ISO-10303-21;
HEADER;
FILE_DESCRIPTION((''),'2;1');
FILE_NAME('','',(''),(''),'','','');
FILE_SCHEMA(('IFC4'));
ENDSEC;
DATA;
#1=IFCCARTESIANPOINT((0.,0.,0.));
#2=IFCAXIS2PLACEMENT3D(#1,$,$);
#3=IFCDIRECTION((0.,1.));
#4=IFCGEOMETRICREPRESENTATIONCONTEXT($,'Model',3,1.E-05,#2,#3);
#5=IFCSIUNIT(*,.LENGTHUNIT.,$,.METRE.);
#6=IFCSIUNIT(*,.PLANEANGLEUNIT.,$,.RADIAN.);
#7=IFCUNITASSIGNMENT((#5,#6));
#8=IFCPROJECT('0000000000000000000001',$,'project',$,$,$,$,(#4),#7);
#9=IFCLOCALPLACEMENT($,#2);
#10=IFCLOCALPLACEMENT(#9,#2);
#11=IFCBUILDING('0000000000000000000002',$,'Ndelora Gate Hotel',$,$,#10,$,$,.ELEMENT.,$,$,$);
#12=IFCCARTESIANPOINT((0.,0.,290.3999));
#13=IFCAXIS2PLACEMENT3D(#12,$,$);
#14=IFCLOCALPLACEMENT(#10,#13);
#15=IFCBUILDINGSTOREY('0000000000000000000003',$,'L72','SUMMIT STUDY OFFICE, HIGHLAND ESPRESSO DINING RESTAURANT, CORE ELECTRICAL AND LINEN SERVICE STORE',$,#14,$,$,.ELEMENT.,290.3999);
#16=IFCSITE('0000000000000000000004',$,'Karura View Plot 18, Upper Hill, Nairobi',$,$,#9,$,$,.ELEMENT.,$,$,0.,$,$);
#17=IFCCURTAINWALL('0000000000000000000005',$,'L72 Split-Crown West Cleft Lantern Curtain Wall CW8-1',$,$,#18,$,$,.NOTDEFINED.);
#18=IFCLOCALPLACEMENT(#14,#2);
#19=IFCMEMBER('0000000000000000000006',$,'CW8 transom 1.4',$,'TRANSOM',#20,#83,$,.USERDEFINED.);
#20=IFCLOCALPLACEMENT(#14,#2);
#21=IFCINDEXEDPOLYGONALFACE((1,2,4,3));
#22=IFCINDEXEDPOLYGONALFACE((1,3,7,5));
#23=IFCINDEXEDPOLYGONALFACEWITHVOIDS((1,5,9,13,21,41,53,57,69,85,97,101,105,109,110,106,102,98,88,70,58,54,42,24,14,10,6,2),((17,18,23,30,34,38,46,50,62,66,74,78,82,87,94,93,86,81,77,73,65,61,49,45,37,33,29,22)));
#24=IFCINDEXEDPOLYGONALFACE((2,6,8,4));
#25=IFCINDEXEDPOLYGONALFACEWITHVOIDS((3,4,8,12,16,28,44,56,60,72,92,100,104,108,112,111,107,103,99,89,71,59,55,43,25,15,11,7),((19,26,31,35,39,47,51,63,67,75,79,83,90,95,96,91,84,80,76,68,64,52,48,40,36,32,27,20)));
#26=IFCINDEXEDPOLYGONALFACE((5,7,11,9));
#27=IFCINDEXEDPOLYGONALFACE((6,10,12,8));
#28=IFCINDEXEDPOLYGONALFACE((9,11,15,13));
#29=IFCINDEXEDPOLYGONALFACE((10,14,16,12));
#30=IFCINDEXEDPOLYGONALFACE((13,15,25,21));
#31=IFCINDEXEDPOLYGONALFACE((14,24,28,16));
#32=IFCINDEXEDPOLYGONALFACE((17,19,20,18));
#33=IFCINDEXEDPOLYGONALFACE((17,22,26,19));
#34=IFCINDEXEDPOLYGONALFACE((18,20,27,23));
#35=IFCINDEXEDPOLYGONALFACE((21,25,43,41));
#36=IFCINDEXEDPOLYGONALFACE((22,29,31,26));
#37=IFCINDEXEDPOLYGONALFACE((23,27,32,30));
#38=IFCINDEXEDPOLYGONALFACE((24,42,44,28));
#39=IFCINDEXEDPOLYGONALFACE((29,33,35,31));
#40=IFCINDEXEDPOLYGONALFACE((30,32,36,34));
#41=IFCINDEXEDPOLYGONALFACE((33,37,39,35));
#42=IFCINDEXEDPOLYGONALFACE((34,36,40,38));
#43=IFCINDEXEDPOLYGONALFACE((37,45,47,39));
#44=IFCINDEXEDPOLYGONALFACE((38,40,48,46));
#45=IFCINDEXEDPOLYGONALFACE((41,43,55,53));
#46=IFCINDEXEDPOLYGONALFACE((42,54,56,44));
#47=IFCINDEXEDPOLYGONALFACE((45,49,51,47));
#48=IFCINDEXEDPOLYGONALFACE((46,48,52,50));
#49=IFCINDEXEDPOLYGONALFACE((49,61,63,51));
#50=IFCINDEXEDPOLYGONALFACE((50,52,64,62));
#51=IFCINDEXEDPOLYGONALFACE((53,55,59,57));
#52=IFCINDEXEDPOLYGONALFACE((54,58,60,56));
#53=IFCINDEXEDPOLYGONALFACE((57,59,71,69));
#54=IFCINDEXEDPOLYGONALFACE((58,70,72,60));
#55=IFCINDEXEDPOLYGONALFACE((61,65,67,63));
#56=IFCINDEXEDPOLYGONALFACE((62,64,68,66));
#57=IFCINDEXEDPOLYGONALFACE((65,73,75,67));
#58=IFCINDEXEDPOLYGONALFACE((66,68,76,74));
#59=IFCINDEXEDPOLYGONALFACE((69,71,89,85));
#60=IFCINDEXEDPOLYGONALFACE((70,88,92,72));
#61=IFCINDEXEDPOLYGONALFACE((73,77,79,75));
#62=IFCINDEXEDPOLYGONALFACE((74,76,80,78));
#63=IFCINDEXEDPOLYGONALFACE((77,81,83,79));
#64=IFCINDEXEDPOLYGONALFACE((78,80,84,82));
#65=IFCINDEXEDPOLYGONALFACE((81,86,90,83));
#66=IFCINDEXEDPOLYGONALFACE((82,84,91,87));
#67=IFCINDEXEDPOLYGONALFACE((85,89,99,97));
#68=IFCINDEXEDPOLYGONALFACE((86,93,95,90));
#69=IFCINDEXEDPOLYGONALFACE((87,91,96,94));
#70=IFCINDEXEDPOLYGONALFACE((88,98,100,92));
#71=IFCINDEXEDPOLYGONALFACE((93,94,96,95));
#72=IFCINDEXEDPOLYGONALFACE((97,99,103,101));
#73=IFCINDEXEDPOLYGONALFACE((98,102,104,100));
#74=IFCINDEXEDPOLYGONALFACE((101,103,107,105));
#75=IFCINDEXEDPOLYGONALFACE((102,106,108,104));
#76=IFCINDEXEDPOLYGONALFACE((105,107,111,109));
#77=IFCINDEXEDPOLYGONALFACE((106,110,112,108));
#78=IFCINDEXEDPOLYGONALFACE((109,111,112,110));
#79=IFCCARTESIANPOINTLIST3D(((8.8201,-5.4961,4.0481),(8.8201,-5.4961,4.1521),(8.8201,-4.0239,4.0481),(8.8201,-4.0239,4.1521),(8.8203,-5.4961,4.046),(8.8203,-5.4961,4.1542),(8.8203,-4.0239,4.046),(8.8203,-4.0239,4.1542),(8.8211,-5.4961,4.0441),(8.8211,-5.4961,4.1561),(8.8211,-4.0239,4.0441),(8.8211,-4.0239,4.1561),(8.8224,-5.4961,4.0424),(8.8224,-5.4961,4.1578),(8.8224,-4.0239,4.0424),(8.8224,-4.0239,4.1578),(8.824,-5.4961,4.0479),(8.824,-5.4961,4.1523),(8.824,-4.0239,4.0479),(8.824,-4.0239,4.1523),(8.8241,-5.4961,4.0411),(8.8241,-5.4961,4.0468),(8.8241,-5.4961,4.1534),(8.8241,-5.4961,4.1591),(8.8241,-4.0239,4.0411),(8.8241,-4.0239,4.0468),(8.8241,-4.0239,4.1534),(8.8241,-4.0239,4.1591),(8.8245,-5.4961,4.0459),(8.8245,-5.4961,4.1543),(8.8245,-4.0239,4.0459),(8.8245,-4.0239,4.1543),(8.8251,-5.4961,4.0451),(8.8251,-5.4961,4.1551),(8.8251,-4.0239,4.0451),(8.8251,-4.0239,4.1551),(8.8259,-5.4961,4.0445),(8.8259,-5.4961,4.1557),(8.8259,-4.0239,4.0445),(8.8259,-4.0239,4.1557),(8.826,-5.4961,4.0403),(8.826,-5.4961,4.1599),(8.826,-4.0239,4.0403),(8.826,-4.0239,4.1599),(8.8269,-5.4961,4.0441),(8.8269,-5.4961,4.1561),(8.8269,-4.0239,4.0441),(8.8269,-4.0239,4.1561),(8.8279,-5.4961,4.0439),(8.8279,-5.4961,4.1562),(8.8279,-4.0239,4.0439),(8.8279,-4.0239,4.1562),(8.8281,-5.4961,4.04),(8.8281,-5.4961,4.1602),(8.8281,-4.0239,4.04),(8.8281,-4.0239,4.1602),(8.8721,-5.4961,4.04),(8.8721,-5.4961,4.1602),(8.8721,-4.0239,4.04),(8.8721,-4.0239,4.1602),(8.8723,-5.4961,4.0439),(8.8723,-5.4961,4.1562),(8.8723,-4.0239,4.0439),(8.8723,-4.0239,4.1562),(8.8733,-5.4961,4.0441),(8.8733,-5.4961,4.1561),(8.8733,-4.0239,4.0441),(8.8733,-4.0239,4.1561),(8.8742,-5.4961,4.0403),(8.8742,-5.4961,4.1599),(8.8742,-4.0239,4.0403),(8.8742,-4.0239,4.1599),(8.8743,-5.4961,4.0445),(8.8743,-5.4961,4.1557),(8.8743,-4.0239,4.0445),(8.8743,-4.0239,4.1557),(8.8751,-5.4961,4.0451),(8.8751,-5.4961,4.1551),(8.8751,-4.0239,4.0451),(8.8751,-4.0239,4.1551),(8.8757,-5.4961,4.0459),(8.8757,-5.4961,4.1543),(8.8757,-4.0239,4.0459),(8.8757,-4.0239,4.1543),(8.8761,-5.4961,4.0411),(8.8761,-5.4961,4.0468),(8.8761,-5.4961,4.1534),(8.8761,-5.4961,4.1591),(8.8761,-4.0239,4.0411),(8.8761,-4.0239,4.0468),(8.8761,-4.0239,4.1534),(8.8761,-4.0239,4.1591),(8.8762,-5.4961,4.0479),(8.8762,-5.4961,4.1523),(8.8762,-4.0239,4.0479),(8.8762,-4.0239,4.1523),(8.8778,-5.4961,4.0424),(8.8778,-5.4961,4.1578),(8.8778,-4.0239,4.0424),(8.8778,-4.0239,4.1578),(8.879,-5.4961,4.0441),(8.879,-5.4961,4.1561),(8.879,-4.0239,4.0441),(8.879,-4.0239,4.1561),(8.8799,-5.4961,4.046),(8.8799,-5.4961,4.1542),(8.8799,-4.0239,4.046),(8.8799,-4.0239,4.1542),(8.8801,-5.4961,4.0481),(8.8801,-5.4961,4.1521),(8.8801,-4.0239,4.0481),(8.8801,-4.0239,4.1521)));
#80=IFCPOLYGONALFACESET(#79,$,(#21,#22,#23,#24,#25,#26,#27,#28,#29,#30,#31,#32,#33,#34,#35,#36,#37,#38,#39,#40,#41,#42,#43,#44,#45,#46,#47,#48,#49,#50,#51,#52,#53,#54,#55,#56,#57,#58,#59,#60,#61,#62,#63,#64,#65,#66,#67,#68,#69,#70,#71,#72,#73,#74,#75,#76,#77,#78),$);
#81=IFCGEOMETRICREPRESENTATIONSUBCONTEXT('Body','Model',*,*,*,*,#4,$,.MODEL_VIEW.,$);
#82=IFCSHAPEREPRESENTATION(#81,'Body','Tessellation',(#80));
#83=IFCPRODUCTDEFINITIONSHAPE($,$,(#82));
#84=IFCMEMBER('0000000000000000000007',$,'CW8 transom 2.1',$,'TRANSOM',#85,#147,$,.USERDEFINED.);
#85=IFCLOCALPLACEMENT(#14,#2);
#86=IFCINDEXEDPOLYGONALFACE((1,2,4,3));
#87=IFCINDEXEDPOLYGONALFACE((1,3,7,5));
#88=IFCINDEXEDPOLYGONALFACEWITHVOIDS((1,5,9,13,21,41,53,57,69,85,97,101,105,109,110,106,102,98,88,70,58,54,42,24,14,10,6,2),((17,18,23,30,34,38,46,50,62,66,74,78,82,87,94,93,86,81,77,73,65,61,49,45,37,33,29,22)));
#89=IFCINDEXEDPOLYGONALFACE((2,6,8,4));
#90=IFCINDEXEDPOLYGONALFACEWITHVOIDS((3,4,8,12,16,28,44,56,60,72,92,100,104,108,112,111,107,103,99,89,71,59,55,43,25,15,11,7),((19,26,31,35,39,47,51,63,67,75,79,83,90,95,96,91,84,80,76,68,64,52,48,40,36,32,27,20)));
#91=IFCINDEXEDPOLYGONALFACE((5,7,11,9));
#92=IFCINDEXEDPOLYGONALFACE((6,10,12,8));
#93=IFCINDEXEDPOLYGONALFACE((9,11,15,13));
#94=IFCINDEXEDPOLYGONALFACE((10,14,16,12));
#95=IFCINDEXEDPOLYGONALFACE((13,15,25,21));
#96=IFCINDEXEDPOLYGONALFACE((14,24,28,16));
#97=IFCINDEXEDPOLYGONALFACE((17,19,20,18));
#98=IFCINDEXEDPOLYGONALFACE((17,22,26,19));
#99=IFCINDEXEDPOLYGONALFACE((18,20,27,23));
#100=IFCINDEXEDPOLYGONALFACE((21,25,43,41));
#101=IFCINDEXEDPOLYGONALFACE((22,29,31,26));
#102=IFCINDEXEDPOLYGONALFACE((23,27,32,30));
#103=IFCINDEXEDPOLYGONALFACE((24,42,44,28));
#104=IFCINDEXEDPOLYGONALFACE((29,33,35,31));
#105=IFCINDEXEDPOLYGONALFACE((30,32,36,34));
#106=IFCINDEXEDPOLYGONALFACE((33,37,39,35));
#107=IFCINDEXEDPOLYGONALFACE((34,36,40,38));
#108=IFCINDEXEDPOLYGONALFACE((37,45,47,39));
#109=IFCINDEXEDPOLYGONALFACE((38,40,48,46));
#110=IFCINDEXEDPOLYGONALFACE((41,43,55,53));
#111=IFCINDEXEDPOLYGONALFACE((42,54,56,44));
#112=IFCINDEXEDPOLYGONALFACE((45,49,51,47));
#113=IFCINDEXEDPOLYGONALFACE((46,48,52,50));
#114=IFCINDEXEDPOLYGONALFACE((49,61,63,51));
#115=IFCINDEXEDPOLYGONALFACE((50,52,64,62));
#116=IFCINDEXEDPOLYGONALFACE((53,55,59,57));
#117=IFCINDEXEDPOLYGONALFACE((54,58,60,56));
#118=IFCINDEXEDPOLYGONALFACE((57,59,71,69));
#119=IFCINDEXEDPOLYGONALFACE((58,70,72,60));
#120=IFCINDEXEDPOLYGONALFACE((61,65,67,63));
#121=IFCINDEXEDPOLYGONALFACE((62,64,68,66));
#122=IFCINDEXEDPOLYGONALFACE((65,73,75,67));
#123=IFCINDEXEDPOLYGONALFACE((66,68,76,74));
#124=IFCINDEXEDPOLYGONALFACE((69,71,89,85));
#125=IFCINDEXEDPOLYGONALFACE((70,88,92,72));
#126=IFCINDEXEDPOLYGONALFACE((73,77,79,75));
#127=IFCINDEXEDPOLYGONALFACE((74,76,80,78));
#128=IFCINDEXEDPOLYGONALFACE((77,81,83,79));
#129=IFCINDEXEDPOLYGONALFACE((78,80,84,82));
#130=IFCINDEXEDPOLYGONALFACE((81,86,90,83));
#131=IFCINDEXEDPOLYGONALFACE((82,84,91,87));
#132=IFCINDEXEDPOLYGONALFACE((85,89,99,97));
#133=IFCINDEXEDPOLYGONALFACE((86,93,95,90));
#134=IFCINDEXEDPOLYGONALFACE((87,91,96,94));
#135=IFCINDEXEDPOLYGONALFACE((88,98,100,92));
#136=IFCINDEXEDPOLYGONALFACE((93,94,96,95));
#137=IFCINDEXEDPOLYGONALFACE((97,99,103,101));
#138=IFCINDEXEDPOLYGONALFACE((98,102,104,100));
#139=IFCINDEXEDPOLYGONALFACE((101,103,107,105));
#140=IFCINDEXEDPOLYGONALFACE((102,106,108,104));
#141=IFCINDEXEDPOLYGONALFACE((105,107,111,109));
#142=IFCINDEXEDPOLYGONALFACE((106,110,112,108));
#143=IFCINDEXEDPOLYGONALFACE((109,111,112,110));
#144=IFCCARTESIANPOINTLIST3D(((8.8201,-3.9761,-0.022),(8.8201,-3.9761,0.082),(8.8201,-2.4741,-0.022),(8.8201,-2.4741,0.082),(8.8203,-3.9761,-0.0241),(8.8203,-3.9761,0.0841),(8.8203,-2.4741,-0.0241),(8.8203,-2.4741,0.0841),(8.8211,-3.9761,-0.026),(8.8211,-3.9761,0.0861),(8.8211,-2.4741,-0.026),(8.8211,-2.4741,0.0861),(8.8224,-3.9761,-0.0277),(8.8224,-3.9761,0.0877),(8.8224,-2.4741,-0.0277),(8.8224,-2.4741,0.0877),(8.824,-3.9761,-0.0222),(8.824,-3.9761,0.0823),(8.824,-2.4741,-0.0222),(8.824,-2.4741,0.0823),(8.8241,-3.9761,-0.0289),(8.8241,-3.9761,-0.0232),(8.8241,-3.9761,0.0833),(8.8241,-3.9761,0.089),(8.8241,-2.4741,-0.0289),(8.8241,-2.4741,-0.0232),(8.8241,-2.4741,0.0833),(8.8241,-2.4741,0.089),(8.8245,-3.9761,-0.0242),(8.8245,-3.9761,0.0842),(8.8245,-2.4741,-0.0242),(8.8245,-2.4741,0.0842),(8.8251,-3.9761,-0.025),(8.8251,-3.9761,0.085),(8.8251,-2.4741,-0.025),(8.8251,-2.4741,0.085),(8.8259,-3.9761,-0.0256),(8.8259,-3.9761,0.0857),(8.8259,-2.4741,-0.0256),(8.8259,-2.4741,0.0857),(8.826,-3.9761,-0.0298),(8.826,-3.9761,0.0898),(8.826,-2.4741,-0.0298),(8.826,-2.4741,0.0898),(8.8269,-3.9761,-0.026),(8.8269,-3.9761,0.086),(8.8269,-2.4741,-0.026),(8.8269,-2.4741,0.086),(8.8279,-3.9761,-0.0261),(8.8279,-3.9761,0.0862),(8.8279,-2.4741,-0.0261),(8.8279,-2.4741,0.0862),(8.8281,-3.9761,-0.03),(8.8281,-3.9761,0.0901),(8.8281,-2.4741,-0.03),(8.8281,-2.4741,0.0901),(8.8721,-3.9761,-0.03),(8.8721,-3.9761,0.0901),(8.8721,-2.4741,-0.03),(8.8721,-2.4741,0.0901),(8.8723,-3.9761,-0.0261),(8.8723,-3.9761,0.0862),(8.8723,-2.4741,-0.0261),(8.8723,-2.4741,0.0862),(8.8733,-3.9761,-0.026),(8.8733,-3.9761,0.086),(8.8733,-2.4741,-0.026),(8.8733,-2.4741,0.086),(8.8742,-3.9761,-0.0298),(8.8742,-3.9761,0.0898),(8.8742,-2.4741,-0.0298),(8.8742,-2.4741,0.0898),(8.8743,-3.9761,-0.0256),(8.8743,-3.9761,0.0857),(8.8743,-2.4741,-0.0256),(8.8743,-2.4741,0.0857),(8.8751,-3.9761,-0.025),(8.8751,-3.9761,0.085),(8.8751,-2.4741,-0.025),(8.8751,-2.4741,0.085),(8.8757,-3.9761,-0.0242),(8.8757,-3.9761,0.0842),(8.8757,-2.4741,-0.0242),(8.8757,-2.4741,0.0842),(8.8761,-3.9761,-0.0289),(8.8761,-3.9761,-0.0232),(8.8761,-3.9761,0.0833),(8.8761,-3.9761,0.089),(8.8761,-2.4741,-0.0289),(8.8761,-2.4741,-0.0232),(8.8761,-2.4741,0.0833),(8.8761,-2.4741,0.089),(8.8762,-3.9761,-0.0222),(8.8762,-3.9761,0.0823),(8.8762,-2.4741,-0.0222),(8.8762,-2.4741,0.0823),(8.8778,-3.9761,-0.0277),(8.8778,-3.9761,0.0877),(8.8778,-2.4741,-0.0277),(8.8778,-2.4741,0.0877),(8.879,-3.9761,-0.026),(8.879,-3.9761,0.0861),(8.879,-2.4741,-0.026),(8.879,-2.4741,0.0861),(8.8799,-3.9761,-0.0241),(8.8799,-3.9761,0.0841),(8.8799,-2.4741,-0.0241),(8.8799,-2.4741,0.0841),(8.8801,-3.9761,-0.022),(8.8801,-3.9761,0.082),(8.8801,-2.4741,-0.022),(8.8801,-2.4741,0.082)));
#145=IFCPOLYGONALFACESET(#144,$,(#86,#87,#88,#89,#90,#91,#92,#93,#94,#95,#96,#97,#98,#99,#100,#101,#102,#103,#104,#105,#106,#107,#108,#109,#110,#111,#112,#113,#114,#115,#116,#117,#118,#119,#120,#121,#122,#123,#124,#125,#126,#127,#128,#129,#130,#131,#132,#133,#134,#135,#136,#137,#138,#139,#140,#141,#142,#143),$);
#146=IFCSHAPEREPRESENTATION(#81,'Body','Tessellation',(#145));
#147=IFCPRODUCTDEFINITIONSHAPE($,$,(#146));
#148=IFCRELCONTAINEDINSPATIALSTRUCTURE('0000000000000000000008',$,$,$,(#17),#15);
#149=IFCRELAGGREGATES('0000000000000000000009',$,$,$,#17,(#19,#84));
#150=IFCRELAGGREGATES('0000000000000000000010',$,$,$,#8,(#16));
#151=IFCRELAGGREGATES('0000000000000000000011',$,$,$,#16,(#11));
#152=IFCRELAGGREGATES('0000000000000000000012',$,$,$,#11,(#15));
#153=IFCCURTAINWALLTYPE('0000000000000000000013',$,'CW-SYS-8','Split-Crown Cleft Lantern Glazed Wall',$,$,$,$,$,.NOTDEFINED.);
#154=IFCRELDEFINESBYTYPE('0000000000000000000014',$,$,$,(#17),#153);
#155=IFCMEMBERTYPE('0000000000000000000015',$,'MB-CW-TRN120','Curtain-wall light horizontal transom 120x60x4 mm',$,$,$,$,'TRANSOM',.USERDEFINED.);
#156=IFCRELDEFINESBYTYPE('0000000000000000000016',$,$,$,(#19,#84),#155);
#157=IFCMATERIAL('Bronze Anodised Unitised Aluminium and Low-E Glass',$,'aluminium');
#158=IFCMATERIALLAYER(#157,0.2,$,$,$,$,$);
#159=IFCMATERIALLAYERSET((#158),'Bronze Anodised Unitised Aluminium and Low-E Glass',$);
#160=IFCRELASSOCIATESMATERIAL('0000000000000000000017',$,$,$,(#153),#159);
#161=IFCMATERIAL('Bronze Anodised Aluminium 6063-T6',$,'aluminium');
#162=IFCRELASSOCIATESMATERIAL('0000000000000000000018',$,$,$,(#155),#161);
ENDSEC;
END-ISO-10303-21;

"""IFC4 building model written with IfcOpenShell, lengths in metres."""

from ifc_helpers import new_model, si_unit, direction, frame, origin, origin_2d, place, context, subcontext, project, spatial, hollow_rectangle, extrude, material, layer, layer_set, material_profile, profile_set, type_object, element, aggregate, save


model = new_model("IFC4")

# Units and contexts
model_context = context("Model", 3, precision=1e-05, world=origin(), true_north=direction((0.0, 1.0)))
body_context = subcontext(model_context, "Body", "Model", "MODEL_VIEW")
ifc_project = project(units=[si_unit("LENGTHUNIT", "METRE"), si_unit("PLANEANGLEUNIT", "RADIAN")], contexts=[model_context])

# Site, building, storey
site_placement = place(None, origin())
site = spatial("IfcSite", under=ifc_project, at=site_placement, Name="Karura View Plot 18, Upper Hill, Nairobi", CompositionType="ELEMENT", RefElevation=0.0)
building_placement = place(site_placement, origin())
building = spatial("IfcBuilding", under=site, at=building_placement, Name="Ndelora Gate Hotel", CompositionType="ELEMENT")
storey_placement = place(building_placement, frame((0.0, 0.0, 290.3999)))
storey = spatial("IfcBuildingStorey", under=building, at=storey_placement, Name="L72", Description="SUMMIT STUDY OFFICE, HIGHLAND ESPRESSO DINING RESTAURANT, CORE ELECTRICAL AND LINEN SERVICE STORE", CompositionType="ELEMENT", Elevation=290.3999)

# Curtain wall, members
ifc_material_1 = material(Name="Bronze Anodised Unitised Aluminium and Low-E Glass", Category="aluminium")
ifc_layer_1 = layer(ifc_material_1, 0.2)
ifc_layer_set_1 = layer_set([ifc_layer_1], Name="Bronze Anodised Unitised Aluminium and Low-E Glass")
curtain_wall_type = type_object("IfcCurtainWallType", Name="CW-SYS-8", Description="Split-Crown Cleft Lantern Glazed Wall", PredefinedType="NOTDEFINED", material=ifc_layer_set_1)
curtain_wall_placement = place(storey_placement, origin())
curtain_wall = element("IfcCurtainWall", 1, at=curtain_wall_placement, inside=storey, type_object=curtain_wall_type, Name="L72 Split-Crown West Cleft Lantern Curtain Wall CW8-1", PredefinedType="NOTDEFINED")
ifc_material_2 = material(Name="Bronze Anodised Aluminium 6063-T6", Category="aluminium")
ifc_material_profile_1 = material_profile(ifc_material_2, hollow_rectangle(XDim=0.0601, YDim=0.1201, WallThickness=0.0039, InnerFilletRadius=0.0039, OuterFilletRadius=0.0081, at=origin_2d()), Name="ALU 120x60x4")
ifc_profile_set_1 = profile_set([ifc_material_profile_1], Name="Bronze Anodised Aluminium 6063-T6")
member_type_1 = type_object("IfcMemberType", Name="MB-CW-TRN120", Description="Curtain-wall light horizontal transom 120x60x4 mm", ElementType="TRANSOM", PredefinedType="USERDEFINED", material=ifc_profile_set_1)
member_1_placement = place(storey_placement, frame((8.8501, -5.4961, 4.1001), z_axis=(0.0, 1.0, 0.0), x_axis=(-1.0, 0.0, 0.0)))
member_1 = element("IfcMember", 2, at=member_1_placement, type_object=member_type_1, Name="CW8 transom 1.4", ObjectType="TRANSOM", PredefinedType="USERDEFINED", context=body_context, shape_type="SweptSolid", body=[
    extrude(hollow_rectangle(XDim=0.0601, YDim=0.1201, WallThickness=0.0039, InnerFilletRadius=0.0039, OuterFilletRadius=0.0081, at=origin_2d()), origin(), (0.0, 0.0, 1.0), 1.4722),
])
member_2_placement = place(storey_placement, frame((8.8501, -3.9761, 0.03), z_axis=(0.0, 1.0, 0.0), x_axis=(-1.0, 0.0, 0.0)))
member_2 = element("IfcMember", 3, at=member_2_placement, type_object=member_type_1, Name="CW8 transom 2.1", ObjectType="TRANSOM", PredefinedType="USERDEFINED", context=body_context, shape_type="SweptSolid", body=[
    extrude(hollow_rectangle(XDim=0.0601, YDim=0.1201, WallThickness=0.0039, InnerFilletRadius=0.0039, OuterFilletRadius=0.0081, at=origin_2d()), origin(), (0.0, 0.0, 1.0), 1.502),
])
aggregate(curtain_wall, [member_1, member_2])

save(model, "model.ifc")
